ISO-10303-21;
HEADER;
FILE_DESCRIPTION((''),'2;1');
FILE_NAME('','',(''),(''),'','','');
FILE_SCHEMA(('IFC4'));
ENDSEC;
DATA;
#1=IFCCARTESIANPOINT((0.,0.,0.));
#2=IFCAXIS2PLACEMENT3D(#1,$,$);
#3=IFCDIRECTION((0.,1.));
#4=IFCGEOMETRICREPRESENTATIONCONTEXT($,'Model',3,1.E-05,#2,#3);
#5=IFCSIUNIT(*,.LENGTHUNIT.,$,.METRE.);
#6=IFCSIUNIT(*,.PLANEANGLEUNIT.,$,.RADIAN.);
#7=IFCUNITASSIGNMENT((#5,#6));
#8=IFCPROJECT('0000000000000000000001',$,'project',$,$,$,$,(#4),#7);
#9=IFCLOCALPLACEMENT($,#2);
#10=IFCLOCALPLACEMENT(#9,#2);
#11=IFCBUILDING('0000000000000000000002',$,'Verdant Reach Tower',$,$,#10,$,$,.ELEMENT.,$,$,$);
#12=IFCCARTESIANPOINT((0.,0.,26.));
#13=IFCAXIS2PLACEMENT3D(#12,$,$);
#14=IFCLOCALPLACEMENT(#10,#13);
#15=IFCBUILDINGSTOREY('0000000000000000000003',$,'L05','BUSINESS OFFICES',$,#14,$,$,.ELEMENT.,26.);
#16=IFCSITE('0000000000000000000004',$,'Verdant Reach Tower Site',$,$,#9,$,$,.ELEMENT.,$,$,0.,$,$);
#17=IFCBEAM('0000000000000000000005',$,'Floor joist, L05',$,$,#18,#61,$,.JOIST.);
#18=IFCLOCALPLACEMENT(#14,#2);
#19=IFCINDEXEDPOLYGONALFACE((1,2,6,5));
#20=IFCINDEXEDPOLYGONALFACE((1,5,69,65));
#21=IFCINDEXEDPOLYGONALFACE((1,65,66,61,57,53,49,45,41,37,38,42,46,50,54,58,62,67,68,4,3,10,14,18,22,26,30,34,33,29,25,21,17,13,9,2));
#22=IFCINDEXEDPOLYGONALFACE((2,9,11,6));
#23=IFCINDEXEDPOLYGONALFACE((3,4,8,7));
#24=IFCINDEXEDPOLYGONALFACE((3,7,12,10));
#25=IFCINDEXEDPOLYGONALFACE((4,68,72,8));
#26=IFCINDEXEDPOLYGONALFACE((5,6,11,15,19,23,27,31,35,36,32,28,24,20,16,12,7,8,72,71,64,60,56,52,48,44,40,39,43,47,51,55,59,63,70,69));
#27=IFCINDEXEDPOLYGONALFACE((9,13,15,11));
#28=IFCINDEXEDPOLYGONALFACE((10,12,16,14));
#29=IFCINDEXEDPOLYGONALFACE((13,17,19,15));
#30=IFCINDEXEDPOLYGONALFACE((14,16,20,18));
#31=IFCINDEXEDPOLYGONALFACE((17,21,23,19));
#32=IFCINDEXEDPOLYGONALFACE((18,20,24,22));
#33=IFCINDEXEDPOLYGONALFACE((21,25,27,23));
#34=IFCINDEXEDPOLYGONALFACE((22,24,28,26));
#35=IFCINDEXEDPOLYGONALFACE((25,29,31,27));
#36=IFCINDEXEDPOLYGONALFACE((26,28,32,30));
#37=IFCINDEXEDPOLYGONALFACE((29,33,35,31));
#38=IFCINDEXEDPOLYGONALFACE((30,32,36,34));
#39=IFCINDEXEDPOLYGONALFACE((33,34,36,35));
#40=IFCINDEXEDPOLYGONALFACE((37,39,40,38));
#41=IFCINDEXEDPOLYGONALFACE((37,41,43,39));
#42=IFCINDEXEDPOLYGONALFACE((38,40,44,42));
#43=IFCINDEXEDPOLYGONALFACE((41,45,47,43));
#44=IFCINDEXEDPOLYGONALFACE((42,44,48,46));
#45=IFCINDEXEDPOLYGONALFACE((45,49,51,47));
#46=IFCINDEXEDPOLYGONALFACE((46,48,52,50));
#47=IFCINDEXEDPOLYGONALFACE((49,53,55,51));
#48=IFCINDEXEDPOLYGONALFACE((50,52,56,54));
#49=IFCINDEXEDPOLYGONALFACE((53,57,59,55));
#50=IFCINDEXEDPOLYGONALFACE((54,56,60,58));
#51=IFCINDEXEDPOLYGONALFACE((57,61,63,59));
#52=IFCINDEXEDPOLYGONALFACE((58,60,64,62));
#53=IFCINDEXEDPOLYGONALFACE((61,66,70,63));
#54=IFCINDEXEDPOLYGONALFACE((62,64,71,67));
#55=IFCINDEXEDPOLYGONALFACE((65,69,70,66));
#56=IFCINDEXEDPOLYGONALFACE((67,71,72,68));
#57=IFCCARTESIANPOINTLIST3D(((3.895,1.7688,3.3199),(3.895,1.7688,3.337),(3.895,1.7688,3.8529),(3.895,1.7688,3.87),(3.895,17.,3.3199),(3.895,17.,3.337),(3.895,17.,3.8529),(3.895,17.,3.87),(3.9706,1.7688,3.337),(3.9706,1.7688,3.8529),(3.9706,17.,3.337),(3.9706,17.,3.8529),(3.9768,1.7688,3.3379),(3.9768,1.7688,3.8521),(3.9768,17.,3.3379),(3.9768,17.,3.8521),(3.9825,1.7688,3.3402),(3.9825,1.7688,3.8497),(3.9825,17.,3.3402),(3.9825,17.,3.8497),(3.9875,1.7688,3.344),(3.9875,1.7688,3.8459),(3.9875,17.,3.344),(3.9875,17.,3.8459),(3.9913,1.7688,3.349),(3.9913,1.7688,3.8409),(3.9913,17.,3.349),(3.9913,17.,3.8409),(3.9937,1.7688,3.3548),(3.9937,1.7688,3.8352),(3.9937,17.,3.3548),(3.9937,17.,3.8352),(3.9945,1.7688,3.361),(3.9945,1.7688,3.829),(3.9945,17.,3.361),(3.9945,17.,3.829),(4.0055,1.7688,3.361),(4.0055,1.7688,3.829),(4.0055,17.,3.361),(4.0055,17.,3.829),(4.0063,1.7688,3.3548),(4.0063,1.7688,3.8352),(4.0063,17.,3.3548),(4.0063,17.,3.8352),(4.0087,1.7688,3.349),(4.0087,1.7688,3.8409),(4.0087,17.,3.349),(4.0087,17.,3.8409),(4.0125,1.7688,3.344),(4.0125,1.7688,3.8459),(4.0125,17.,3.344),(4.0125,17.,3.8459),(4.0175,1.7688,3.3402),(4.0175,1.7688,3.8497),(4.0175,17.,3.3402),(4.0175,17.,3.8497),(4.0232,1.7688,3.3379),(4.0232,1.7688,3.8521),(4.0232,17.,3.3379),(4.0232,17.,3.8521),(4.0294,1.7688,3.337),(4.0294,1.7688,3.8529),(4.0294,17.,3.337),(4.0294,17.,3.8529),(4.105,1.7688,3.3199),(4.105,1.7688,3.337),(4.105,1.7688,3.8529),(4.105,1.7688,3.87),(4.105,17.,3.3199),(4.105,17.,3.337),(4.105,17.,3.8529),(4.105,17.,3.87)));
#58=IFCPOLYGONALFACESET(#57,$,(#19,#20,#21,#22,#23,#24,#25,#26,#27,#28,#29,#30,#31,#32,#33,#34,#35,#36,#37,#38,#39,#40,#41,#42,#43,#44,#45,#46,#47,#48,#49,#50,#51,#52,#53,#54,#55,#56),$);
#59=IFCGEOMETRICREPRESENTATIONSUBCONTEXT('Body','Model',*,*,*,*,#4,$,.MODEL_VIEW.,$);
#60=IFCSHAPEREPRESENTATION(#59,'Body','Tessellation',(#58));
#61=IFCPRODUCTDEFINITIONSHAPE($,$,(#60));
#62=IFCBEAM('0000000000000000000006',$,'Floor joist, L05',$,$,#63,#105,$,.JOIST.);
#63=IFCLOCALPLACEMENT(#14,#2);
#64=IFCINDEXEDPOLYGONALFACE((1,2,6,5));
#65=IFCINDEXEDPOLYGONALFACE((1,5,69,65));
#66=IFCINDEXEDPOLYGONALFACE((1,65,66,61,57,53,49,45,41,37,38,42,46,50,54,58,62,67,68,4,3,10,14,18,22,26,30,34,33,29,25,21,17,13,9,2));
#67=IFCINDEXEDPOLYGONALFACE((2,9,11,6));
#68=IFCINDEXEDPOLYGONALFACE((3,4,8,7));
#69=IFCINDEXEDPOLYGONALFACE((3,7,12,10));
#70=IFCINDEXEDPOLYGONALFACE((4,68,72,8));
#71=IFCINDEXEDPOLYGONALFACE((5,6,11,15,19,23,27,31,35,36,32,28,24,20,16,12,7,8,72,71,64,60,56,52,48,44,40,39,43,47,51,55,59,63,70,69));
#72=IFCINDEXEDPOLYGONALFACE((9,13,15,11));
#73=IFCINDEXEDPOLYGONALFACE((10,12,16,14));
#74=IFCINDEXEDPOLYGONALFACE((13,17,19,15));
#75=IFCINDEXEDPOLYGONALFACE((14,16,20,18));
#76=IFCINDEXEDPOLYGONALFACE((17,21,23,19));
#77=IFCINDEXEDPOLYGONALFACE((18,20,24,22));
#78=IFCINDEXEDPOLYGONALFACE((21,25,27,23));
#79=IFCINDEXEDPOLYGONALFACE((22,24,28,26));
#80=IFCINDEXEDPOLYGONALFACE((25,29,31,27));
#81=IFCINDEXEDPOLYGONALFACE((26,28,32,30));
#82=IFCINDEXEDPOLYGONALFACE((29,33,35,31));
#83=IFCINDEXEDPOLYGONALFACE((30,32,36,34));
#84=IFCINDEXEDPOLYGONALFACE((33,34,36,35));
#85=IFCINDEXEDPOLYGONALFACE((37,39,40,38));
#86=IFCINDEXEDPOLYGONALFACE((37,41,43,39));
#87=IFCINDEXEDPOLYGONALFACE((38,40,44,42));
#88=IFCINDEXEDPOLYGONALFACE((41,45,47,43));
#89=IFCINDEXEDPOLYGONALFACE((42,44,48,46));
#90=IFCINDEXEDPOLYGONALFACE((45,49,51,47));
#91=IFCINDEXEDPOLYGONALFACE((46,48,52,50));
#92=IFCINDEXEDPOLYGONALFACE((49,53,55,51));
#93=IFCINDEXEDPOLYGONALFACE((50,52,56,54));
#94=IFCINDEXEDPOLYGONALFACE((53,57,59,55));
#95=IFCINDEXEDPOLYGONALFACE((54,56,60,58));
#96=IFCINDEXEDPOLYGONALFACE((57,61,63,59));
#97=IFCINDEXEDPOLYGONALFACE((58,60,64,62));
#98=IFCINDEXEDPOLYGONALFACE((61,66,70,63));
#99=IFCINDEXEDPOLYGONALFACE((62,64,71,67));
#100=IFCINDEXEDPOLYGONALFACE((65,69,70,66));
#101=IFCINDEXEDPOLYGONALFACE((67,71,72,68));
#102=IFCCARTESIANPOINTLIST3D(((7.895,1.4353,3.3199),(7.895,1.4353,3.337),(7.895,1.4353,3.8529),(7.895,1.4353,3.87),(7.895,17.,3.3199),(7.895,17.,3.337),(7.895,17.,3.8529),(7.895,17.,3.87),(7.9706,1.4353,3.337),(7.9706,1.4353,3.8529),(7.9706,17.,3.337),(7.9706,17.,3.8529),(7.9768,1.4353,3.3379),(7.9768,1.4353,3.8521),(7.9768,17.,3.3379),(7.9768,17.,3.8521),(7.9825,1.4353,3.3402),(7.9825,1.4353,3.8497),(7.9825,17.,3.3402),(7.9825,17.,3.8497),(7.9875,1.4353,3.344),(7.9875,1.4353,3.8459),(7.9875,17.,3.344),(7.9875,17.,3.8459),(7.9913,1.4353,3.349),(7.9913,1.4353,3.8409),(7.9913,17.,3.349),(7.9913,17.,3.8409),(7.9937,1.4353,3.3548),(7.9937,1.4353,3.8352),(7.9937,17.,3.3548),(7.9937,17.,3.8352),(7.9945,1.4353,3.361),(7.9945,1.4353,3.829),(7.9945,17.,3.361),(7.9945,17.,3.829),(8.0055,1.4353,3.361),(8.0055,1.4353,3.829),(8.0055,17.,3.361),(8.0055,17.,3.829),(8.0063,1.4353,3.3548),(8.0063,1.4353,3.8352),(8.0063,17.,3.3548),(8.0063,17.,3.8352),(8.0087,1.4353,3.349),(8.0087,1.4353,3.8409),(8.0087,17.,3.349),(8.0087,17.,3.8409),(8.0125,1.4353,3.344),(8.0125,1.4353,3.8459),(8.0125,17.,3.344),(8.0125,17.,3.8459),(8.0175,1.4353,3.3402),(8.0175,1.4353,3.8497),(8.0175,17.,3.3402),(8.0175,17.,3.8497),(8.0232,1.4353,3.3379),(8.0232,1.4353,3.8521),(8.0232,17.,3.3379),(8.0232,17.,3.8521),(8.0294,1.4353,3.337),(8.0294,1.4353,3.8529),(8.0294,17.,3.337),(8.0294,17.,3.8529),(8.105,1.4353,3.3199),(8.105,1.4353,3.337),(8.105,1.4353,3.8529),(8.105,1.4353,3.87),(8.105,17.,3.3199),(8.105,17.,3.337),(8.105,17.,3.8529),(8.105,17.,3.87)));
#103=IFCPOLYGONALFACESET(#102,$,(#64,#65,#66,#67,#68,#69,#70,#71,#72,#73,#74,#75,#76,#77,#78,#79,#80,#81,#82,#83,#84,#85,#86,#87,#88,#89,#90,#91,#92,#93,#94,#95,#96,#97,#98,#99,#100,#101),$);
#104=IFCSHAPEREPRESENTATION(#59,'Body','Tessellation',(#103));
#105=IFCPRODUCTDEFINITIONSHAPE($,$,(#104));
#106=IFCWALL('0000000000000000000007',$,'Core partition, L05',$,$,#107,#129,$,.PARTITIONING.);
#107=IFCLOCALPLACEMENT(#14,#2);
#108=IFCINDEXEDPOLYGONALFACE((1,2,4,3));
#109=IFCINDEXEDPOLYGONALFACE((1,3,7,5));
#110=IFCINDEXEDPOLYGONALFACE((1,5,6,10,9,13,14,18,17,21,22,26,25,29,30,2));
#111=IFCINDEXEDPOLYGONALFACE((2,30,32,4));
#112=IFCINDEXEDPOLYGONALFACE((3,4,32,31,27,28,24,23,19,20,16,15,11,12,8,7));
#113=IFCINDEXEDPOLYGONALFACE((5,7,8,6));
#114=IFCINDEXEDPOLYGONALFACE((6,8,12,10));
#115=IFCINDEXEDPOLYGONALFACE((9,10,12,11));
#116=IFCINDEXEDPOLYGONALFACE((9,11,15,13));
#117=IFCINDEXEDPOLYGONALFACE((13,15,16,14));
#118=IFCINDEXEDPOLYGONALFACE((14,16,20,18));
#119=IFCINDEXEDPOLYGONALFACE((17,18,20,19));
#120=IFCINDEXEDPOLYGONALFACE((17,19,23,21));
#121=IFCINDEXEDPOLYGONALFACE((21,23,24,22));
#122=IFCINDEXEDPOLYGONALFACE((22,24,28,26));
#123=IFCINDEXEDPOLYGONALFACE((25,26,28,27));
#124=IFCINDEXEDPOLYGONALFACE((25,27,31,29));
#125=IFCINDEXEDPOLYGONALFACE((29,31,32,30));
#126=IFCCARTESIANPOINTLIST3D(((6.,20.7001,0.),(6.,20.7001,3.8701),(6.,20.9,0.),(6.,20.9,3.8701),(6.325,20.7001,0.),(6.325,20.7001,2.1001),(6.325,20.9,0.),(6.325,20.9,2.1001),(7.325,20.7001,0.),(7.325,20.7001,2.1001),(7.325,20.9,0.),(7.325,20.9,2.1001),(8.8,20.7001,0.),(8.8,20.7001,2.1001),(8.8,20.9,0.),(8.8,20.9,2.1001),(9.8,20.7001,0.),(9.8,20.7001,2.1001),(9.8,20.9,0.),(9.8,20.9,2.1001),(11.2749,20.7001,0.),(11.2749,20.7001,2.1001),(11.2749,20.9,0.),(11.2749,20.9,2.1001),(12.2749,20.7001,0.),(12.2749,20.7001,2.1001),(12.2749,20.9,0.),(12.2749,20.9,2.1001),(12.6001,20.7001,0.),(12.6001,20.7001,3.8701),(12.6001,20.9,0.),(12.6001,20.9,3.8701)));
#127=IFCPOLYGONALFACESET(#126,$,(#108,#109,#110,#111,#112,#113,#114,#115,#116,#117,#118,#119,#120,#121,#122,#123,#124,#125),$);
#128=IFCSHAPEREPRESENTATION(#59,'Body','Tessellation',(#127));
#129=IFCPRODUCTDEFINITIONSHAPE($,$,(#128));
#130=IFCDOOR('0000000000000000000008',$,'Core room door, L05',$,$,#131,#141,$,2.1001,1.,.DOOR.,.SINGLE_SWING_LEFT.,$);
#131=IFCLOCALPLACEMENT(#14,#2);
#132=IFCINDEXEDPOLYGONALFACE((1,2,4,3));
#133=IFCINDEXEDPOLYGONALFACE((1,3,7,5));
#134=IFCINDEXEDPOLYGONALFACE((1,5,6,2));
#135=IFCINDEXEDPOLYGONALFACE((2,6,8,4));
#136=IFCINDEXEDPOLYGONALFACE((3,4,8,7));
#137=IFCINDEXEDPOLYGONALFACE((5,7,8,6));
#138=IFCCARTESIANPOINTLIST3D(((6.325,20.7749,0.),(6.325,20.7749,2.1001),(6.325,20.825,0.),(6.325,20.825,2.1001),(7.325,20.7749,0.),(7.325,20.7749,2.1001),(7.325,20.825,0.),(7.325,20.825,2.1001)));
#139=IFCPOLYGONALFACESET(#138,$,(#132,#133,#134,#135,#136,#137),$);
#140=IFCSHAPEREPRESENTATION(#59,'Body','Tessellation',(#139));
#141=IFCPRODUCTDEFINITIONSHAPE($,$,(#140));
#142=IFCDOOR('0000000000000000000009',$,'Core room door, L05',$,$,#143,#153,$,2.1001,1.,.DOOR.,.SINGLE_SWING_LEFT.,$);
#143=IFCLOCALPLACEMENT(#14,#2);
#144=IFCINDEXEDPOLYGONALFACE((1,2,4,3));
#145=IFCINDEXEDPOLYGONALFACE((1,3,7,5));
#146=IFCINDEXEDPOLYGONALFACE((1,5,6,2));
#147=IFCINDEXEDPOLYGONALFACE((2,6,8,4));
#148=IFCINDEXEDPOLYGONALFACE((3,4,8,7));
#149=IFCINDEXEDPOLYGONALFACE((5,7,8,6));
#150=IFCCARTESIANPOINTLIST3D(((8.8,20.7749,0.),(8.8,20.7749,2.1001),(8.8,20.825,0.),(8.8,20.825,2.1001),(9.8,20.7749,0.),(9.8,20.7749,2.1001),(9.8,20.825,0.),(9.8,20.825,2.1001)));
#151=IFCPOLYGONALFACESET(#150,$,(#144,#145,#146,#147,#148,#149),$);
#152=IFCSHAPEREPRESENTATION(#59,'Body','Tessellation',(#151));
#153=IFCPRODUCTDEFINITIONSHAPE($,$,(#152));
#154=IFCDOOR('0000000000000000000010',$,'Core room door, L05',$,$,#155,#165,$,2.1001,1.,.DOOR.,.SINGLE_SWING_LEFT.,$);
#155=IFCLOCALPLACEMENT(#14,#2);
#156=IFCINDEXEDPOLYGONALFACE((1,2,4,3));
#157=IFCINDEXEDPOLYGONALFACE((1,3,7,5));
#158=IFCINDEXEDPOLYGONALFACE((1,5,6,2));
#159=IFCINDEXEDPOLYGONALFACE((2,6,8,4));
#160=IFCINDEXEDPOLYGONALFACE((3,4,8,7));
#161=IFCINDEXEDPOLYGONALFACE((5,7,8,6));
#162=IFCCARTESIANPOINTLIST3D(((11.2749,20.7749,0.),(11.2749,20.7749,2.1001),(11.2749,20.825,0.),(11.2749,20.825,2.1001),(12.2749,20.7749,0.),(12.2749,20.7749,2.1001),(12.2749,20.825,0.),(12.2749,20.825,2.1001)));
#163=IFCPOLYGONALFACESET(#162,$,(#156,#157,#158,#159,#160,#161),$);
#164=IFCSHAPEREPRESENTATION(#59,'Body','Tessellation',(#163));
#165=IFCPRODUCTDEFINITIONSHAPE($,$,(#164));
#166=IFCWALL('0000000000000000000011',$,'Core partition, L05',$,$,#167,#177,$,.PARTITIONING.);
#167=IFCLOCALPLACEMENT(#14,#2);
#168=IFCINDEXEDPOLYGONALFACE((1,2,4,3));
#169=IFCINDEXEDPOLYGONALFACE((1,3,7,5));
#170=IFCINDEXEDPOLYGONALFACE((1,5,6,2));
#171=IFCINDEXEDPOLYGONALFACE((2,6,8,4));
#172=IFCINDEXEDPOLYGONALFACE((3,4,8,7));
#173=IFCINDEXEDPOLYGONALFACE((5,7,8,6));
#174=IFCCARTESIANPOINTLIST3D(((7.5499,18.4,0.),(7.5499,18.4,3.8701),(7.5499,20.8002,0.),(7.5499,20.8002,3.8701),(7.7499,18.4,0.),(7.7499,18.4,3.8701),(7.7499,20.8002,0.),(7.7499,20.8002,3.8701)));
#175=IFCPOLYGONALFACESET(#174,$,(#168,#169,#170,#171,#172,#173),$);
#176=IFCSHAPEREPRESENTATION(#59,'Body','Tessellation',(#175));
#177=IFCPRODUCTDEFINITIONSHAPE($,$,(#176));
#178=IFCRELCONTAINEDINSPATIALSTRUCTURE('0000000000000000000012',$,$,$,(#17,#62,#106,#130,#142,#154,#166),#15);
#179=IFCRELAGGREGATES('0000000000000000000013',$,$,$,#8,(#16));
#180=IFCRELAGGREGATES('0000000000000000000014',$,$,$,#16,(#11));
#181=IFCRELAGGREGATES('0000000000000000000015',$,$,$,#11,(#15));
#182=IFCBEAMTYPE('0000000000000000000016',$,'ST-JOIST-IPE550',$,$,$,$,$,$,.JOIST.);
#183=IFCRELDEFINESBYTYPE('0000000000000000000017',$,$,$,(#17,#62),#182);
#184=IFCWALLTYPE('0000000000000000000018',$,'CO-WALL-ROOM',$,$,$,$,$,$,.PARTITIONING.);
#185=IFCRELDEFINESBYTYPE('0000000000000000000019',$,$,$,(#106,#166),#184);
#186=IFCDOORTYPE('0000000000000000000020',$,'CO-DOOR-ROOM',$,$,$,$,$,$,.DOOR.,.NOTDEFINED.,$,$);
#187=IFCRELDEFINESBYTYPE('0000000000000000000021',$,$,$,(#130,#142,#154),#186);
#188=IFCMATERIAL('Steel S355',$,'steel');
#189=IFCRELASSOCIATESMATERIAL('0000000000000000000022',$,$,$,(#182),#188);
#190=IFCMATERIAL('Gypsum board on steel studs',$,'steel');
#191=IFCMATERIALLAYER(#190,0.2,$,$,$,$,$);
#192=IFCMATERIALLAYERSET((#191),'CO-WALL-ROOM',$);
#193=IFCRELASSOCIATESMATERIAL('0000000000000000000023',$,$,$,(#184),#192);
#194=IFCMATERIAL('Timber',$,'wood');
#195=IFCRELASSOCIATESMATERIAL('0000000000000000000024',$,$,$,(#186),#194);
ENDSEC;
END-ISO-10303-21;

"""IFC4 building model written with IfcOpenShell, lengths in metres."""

from ifc_helpers import new_model, si_unit, direction, frame, frame_2d, origin, origin_2d, place, context, subcontext, project, spatial, rectangle, i_section, extrude, material, layer, layer_set, material_profile, profile_set, type_object, element, fill, save


model = new_model("IFC4")

# Units and contexts
model_context = context("Model", 3, precision=1e-05, world=origin(), true_north=direction((0.0, 1.0)))
body_context = subcontext(model_context, "Body", "Model", "MODEL_VIEW")
ifc_project = project(units=[si_unit("LENGTHUNIT", "METRE"), si_unit("PLANEANGLEUNIT", "RADIAN")], contexts=[model_context])

# Site, building, storey
site_placement = place(None, origin())
site = spatial("IfcSite", under=ifc_project, at=site_placement, Name="Verdant Reach Tower Site", CompositionType="ELEMENT", RefElevation=0.0)
building_placement = place(site_placement, origin())
building = spatial("IfcBuilding", under=site, at=building_placement, Name="Verdant Reach Tower", CompositionType="ELEMENT")
storey_placement = place(building_placement, frame((0.0, 0.0, 26.0)))
storey = spatial("IfcBuildingStorey", under=building, at=storey_placement, Name="L05", Description="BUSINESS OFFICES", CompositionType="ELEMENT", Elevation=26.0)

# Beams
ifc_material_1 = material(Name="Steel S355", Category="steel")
ifc_material_profile = material_profile(ifc_material_1, i_section(OverallWidth=0.21, OverallDepth=0.55, WebThickness=0.011, FlangeThickness=0.0171, FilletRadius=0.0239, at=origin_2d()), Name="IPE 550")
ifc_profile_set = profile_set([ifc_material_profile], Name="Steel S355")
beam_type = type_object("IfcBeamType", Name="ST-JOIST-IPE550", PredefinedType="JOIST", material=ifc_profile_set)
beam_1_placement = place(storey_placement, frame((4.0, 17.0, 3.595), z_axis=(0.0, -1.0, 0.0), x_axis=(1.0, 0.0, 0.0)))
element("IfcBeam", 1, at=beam_1_placement, inside=storey, type_object=beam_type, Name="Floor joist, L05", PredefinedType="JOIST", context=body_context, shape_type="SweptSolid", body=[
    extrude(i_section(OverallWidth=0.21, OverallDepth=0.55, WebThickness=0.011, FlangeThickness=0.0171, FilletRadius=0.0239, at=origin_2d()), origin(), (0.0, 0.0, 1.0), 15.2312),
])
beam_2_placement = place(storey_placement, frame((8.0, 17.0, 3.595), z_axis=(0.0, -1.0, 0.0), x_axis=(1.0, 0.0, 0.0)))
element("IfcBeam", 2, at=beam_2_placement, inside=storey, type_object=beam_type, Name="Floor joist, L05", PredefinedType="JOIST", context=body_context, shape_type="SweptSolid", body=[
    extrude(i_section(OverallWidth=0.21, OverallDepth=0.55, WebThickness=0.011, FlangeThickness=0.0171, FilletRadius=0.0239, at=origin_2d()), origin(), (0.0, 0.0, 1.0), 15.5647),
])

# Wall, openings, doors
ifc_material_2 = material(Name="Gypsum board on steel studs", Category="steel")
ifc_layer_1 = layer(ifc_material_2, 0.2)
ifc_layer_set_1 = layer_set([ifc_layer_1], Name="CO-WALL-ROOM")
wall_type_1 = type_object("IfcWallType", Name="CO-WALL-ROOM", PredefinedType="PARTITIONING", material=ifc_layer_set_1)
wall_1_placement = place(storey_placement, frame((6.0, 20.8, 0.0), z_axis=(0.0, 0.0, 1.0), x_axis=(1.0, 0.0, 0.0)))
wall_1 = element("IfcWall", 3, at=wall_1_placement, inside=storey, type_object=wall_type_1, Name="Core partition, L05", PredefinedType="PARTITIONING", context=body_context, shape_type="SweptSolid", body=[
    extrude(rectangle(XDim=6.6001, YDim=0.2, at=frame_2d((3.3, 0.0))), origin(), (0.0, 0.0, 1.0), 3.8701),
])
opening_1_placement = place(wall_1_placement, frame((0.325, 0.0, 0.0)))
opening_1 = element("IfcOpeningElement", 4, at=opening_1_placement, cuts=wall_1, PredefinedType="OPENING", context=body_context, shape_type="SweptSolid", body=[
    extrude(rectangle(XDim=1.0, YDim=2.1001, at=frame_2d((0.5, 1.05))), frame((0.0, 0.1099, 0.0), z_axis=(0.0, -1.0, 0.0), x_axis=(1.0, 0.0, 0.0)), (0.0, 0.0, 1.0), 0.22),
])
opening_2_placement = place(wall_1_placement, frame((2.8, 0.0, 0.0)))
opening_2 = element("IfcOpeningElement", 5, at=opening_2_placement, cuts=wall_1, PredefinedType="OPENING", context=body_context, shape_type="SweptSolid", body=[
    extrude(rectangle(XDim=1.0, YDim=2.1001, at=frame_2d((0.5, 1.05))), frame((0.0, 0.1099, 0.0), z_axis=(0.0, -1.0, 0.0), x_axis=(1.0, 0.0, 0.0)), (0.0, 0.0, 1.0), 0.22),
])
opening_3_placement = place(wall_1_placement, frame((5.2749, 0.0, 0.0)))
opening_3 = element("IfcOpeningElement", 6, at=opening_3_placement, cuts=wall_1, PredefinedType="OPENING", context=body_context, shape_type="SweptSolid", body=[
    extrude(rectangle(XDim=1.0, YDim=2.1001, at=frame_2d((0.5, 1.05))), frame((0.0, 0.1099, 0.0), z_axis=(0.0, -1.0, 0.0), x_axis=(1.0, 0.0, 0.0)), (0.0, 0.0, 1.0), 0.22),
])
ifc_material_3 = material(Name="Timber", Category="wood")
door_type_1 = type_object("IfcDoorType", Name="CO-DOOR-ROOM", OperationType="NOTDEFINED", PredefinedType="DOOR", material=ifc_material_3)
door_1_placement = place(opening_1_placement, origin())
door_1 = element("IfcDoor", 7, at=door_1_placement, inside=storey, type_object=door_type_1, Name="Core room door, L05", OperationType="SINGLE_SWING_LEFT", OverallHeight=2.1001, OverallWidth=1.0, PredefinedType="DOOR", context=body_context, shape_type="SweptSolid", body=[
    extrude(rectangle(XDim=1.0, YDim=2.1001, at=frame_2d((0.5, 1.05))), frame((0.0, 0.0249, 0.0), z_axis=(0.0, -1.0, 0.0), x_axis=(1.0, 0.0, 0.0)), (0.0, 0.0, 1.0), 0.05),
])
fill(opening_1, door_1)
door_2_placement = place(opening_2_placement, origin())
door_2 = element("IfcDoor", 8, at=door_2_placement, inside=storey, type_object=door_type_1, Name="Core room door, L05", OperationType="SINGLE_SWING_LEFT", OverallHeight=2.1001, OverallWidth=1.0, PredefinedType="DOOR", context=body_context, shape_type="SweptSolid", body=[
    extrude(rectangle(XDim=1.0, YDim=2.1001, at=frame_2d((0.5, 1.05))), frame((0.0, 0.0249, 0.0), z_axis=(0.0, -1.0, 0.0), x_axis=(1.0, 0.0, 0.0)), (0.0, 0.0, 1.0), 0.05),
])
fill(opening_2, door_2)
door_3_placement = place(opening_3_placement, origin())
door_3 = element("IfcDoor", 9, at=door_3_placement, inside=storey, type_object=door_type_1, Name="Core room door, L05", OperationType="SINGLE_SWING_LEFT", OverallHeight=2.1001, OverallWidth=1.0, PredefinedType="DOOR", context=body_context, shape_type="SweptSolid", body=[
    extrude(rectangle(XDim=1.0, YDim=2.1001, at=frame_2d((0.5, 1.05))), frame((0.0, 0.0249, 0.0), z_axis=(0.0, -1.0, 0.0), x_axis=(1.0, 0.0, 0.0)), (0.0, 0.0, 1.0), 0.05),
])
fill(opening_3, door_3)

# Wall
wall_2_placement = place(storey_placement, frame((7.6499, 18.3999, 0.0), z_axis=(0.0, 0.0, 1.0), x_axis=(0.0, 1.0, 0.0)))
element("IfcWall", 10, at=wall_2_placement, inside=storey, type_object=wall_type_1, Name="Core partition, L05", PredefinedType="PARTITIONING", context=body_context, shape_type="SweptSolid", body=[
    extrude(rectangle(XDim=2.4001, YDim=0.2, at=frame_2d((1.2002, 0.0))), origin(), (0.0, 0.0, 1.0), 3.8701),
])

save(model, "model.ifc")
